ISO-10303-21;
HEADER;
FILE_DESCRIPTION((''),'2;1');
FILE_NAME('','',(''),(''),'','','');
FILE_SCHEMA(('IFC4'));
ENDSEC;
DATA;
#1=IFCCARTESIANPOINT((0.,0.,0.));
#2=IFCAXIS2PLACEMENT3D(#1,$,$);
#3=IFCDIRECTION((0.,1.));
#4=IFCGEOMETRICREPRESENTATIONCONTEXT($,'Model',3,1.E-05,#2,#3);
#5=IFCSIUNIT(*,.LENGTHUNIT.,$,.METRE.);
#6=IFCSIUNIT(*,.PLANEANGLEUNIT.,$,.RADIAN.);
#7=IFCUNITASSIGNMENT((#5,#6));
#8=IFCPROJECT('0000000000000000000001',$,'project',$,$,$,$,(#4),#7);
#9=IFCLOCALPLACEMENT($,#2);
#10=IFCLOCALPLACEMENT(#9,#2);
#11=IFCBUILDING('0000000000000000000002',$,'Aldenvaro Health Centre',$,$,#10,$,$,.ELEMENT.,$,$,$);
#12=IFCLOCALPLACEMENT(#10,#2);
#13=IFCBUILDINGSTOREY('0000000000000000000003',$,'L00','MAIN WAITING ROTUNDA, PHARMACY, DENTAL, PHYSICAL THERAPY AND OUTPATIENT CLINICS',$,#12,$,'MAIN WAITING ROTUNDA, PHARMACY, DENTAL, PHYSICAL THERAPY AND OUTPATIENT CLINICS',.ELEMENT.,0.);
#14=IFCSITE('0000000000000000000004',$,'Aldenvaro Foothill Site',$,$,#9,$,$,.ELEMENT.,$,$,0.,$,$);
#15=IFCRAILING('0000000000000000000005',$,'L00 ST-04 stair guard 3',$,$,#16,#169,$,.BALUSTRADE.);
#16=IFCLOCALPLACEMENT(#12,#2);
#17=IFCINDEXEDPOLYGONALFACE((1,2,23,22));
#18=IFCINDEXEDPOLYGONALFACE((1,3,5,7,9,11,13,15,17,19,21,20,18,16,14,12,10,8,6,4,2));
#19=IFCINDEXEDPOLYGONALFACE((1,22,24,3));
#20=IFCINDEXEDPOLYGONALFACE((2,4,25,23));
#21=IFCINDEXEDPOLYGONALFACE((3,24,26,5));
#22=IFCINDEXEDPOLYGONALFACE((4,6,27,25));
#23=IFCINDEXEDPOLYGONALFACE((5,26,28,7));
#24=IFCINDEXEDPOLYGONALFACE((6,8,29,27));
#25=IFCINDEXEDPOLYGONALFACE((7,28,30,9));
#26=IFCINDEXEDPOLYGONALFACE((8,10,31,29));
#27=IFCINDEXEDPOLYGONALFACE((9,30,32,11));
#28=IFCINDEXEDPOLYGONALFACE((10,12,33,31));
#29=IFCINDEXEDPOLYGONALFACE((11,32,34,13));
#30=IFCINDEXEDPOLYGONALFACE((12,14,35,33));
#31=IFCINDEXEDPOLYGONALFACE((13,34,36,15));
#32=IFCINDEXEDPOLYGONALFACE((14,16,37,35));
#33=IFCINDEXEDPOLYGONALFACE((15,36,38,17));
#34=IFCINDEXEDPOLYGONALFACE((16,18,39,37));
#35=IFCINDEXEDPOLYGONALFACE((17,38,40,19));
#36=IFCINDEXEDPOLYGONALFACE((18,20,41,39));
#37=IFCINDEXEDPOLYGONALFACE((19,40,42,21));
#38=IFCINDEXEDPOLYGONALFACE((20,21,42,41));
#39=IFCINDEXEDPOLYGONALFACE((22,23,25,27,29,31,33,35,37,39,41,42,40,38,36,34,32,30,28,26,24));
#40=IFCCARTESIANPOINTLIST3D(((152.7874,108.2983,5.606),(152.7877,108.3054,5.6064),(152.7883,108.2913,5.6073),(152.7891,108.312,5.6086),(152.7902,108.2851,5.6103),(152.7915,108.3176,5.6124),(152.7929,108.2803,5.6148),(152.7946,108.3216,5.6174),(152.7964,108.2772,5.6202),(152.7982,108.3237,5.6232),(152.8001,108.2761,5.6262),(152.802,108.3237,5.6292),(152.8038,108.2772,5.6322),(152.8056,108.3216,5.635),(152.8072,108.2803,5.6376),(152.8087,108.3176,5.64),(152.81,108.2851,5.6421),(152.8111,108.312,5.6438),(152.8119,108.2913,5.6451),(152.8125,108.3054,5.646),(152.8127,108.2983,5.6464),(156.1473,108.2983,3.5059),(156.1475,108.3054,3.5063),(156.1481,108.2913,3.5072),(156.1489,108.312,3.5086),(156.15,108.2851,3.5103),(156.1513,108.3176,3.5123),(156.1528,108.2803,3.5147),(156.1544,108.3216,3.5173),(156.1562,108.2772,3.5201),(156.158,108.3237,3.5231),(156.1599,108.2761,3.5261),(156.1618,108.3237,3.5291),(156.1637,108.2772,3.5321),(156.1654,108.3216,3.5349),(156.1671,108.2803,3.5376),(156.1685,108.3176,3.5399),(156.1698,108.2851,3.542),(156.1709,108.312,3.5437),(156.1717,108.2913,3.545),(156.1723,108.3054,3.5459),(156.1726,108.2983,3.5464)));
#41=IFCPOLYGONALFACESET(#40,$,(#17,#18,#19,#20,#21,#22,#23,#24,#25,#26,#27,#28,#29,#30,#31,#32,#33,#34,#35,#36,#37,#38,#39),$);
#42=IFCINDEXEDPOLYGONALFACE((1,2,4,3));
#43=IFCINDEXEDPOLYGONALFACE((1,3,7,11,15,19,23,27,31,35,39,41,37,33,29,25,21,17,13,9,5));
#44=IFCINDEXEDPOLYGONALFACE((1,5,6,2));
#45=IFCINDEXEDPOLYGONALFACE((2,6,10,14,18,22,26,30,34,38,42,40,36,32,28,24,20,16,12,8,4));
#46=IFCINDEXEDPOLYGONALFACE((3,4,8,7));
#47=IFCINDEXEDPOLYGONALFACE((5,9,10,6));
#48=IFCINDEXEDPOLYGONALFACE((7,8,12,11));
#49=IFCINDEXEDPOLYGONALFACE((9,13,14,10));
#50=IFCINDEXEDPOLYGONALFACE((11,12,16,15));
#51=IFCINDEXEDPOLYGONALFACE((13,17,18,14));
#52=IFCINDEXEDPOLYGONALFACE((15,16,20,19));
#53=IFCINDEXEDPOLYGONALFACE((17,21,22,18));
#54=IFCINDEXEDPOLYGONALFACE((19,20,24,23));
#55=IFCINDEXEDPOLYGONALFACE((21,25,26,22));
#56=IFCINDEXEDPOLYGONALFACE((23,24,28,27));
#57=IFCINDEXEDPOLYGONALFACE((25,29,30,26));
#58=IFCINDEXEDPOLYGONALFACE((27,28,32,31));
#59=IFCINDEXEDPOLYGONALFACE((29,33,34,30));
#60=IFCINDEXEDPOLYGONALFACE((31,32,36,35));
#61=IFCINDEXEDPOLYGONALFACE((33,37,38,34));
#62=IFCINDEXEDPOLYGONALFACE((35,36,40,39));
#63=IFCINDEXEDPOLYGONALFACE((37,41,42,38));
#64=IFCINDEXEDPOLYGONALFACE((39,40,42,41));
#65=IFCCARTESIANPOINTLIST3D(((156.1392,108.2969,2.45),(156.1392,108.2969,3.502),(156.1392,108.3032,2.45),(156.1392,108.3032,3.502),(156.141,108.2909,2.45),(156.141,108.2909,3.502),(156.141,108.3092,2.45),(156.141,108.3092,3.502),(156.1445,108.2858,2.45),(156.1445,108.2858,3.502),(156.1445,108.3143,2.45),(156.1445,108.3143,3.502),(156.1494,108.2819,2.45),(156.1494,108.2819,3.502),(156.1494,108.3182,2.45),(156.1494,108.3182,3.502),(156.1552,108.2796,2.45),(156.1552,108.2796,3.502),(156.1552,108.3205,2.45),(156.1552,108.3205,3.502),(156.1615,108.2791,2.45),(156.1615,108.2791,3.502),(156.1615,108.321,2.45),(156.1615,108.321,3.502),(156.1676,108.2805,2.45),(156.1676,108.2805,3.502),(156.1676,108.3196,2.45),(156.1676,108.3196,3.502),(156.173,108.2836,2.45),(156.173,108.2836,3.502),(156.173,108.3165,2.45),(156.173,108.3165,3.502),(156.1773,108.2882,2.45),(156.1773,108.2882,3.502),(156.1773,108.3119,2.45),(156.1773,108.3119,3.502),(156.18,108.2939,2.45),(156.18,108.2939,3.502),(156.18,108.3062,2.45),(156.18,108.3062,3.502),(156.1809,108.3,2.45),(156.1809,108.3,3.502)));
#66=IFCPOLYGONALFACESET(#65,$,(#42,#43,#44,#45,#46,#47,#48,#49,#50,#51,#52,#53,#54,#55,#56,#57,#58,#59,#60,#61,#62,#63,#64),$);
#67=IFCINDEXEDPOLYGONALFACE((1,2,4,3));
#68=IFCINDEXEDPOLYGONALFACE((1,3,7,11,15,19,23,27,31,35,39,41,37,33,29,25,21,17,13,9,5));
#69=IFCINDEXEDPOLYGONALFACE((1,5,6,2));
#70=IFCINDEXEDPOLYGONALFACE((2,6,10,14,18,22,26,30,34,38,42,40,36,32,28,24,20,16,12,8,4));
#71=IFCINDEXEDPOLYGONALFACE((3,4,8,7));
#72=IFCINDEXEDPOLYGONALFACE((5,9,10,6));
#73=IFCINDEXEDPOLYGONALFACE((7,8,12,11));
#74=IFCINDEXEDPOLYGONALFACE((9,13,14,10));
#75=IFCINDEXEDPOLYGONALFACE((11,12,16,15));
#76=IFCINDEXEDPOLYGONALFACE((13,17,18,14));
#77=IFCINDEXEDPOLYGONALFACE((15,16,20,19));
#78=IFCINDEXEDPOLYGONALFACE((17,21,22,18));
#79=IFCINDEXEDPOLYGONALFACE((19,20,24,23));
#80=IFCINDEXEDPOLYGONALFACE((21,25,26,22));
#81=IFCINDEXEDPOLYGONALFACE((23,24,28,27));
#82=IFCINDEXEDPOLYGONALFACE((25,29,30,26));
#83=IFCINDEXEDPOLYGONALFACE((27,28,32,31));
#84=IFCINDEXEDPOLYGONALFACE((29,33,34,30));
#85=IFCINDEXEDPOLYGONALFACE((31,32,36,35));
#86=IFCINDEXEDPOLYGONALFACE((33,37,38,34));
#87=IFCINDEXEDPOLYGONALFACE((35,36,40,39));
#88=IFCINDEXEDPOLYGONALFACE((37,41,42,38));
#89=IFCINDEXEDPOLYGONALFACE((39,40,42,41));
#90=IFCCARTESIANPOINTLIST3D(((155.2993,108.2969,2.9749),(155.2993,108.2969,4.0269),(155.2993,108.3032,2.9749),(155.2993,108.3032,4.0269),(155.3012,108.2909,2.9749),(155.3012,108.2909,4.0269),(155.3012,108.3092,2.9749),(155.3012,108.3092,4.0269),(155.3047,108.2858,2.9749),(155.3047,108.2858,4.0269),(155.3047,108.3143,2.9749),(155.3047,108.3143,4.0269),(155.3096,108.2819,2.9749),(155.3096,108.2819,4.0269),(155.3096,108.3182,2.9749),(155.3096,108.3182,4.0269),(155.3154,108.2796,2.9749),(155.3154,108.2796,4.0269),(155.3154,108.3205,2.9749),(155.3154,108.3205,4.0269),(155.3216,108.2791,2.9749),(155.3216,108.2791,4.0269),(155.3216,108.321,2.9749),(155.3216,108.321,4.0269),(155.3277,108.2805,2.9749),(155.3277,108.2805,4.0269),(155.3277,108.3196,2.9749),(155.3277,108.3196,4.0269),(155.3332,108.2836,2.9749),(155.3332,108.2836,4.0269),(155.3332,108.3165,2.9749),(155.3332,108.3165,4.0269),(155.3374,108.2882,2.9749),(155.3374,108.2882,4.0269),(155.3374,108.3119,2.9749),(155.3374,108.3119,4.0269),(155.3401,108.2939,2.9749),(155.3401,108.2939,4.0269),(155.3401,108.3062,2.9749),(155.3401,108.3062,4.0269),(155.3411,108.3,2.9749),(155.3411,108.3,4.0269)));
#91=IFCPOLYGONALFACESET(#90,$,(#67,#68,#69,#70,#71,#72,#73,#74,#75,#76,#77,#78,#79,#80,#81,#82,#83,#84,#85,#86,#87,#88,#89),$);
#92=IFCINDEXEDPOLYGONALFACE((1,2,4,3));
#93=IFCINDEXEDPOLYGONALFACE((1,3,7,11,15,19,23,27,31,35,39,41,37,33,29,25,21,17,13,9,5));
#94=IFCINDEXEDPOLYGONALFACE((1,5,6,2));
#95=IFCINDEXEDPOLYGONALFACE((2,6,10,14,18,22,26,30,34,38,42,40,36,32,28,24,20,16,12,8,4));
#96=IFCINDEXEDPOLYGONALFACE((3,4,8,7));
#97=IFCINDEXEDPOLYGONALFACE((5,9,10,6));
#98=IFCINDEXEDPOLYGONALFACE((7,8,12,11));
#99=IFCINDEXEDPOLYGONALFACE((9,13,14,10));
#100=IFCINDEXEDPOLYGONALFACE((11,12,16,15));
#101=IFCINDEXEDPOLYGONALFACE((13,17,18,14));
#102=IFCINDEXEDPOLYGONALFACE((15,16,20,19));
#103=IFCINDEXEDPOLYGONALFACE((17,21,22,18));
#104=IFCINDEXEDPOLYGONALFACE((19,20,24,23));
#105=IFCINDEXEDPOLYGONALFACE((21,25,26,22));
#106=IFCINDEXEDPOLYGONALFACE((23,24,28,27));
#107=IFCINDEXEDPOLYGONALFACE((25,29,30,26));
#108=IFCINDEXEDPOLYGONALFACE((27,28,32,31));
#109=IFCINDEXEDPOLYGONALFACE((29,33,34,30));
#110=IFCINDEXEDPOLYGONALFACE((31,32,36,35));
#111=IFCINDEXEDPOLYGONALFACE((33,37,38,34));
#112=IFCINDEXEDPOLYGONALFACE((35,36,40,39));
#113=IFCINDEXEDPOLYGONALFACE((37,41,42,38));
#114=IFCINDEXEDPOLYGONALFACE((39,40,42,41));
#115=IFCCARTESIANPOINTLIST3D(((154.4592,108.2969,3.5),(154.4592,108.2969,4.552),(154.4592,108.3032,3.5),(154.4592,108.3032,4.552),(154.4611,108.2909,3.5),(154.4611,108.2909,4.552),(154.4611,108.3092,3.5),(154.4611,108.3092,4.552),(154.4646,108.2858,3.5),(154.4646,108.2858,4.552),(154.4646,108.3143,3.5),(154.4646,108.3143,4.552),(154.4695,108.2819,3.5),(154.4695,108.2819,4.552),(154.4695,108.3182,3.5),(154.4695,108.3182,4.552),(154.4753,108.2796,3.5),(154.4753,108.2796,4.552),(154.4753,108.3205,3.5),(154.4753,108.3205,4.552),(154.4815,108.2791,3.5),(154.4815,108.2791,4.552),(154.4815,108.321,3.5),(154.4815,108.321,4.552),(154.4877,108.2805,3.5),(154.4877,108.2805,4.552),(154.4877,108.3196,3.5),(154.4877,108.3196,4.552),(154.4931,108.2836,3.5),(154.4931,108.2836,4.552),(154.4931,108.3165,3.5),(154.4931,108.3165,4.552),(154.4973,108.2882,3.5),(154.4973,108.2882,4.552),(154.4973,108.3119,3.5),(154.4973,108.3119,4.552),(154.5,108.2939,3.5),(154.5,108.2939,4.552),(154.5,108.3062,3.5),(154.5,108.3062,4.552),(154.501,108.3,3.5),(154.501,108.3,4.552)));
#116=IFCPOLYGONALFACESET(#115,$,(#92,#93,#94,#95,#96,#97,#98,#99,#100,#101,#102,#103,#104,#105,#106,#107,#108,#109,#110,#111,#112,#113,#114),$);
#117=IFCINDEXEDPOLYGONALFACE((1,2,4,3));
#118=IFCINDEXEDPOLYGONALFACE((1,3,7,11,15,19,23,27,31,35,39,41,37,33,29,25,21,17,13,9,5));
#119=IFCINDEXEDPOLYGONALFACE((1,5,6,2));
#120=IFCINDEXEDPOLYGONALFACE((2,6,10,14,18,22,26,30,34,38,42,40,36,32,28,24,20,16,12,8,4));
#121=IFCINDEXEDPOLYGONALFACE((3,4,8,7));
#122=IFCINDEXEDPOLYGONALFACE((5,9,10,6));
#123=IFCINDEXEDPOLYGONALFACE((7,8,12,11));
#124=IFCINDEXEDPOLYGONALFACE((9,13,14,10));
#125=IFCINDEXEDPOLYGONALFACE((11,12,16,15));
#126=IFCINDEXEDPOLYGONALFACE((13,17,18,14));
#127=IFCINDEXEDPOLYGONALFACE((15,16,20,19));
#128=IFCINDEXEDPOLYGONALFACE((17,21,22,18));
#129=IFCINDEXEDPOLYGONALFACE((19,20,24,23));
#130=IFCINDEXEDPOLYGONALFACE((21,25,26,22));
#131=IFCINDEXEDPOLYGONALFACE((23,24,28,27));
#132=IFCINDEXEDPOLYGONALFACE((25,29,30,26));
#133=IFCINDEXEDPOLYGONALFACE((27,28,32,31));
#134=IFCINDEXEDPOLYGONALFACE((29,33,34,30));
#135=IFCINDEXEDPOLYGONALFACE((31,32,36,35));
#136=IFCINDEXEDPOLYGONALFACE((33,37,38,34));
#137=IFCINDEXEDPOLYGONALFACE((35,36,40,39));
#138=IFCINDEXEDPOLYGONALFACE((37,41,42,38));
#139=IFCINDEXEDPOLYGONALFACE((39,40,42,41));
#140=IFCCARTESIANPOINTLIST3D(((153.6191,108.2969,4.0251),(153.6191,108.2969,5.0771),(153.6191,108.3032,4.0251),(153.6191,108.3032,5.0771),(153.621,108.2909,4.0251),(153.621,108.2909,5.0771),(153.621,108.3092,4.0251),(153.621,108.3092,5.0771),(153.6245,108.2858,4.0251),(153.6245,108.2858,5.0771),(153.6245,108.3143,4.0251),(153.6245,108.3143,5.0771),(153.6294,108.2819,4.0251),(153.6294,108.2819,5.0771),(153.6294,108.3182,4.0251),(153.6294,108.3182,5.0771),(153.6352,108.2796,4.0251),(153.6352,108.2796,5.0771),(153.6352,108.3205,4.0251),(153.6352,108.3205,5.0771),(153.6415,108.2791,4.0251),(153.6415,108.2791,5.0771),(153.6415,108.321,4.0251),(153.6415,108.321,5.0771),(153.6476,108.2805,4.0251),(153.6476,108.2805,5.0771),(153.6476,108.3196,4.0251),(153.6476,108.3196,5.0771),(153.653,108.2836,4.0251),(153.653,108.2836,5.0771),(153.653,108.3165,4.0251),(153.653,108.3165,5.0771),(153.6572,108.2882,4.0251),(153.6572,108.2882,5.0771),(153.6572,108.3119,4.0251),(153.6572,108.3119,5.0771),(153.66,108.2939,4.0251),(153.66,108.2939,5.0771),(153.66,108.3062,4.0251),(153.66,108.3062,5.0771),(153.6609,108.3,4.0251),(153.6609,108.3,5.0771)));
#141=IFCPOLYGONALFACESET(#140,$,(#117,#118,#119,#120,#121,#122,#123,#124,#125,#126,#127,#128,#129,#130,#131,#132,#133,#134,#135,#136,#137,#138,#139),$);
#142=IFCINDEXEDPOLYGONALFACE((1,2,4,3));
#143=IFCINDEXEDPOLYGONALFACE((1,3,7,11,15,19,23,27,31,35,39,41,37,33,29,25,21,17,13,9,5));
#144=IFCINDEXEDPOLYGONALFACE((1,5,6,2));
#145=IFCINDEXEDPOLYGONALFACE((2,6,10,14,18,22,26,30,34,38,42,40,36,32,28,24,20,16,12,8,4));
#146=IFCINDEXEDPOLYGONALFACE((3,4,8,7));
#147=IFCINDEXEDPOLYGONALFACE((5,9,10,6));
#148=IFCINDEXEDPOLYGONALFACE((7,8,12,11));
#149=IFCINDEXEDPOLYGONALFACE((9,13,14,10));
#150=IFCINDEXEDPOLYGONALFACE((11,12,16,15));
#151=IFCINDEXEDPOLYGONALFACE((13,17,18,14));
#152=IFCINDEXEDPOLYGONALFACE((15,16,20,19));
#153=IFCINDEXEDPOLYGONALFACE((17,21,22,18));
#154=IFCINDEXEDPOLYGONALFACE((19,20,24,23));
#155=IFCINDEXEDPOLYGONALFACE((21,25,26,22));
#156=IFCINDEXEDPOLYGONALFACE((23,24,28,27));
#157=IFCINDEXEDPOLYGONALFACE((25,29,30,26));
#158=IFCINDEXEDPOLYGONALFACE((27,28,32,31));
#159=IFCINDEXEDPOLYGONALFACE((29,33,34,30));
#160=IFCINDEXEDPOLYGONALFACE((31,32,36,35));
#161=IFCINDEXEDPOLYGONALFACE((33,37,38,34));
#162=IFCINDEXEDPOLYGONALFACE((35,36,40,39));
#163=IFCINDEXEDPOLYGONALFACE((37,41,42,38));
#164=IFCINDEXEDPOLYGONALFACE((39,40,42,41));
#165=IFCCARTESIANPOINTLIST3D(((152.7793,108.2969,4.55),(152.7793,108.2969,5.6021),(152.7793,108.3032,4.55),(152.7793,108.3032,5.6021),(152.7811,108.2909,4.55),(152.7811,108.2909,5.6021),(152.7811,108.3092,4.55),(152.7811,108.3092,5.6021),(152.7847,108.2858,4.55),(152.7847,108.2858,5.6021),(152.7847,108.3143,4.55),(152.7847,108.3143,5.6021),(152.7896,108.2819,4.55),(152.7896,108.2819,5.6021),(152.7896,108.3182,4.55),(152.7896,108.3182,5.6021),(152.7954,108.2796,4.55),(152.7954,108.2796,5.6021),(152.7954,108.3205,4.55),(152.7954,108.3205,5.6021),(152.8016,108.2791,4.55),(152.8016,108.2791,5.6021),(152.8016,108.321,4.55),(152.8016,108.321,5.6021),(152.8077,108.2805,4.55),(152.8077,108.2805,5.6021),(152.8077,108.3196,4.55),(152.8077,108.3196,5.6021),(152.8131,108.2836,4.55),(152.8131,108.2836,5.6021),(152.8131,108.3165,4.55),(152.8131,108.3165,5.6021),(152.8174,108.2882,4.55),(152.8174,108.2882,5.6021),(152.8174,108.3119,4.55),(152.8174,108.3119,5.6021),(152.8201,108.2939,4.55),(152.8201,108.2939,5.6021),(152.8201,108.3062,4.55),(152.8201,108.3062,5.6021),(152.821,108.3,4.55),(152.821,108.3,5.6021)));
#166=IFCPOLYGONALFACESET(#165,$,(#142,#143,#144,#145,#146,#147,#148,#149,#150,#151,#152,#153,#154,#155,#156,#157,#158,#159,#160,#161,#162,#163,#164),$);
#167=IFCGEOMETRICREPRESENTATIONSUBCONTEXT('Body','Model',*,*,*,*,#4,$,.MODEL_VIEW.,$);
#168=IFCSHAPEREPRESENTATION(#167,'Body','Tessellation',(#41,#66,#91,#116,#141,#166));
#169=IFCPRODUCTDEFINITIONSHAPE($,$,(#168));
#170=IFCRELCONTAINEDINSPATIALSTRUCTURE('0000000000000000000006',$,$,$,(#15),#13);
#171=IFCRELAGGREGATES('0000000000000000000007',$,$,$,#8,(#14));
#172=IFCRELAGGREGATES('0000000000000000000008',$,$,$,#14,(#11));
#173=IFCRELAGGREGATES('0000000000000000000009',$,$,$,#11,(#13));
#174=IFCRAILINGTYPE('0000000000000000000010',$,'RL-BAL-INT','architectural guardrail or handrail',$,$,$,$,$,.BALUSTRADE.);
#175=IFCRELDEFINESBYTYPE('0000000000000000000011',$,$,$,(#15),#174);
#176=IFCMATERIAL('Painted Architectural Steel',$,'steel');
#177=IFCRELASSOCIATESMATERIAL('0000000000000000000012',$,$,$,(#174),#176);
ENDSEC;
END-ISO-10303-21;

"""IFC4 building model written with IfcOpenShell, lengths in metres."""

from ifc_helpers import new_model, si_unit, direction, frame, origin, origin_2d, place, context, subcontext, project, spatial, circle, extrude, material, type_object, element, save


model = new_model("IFC4")

# Units and contexts
model_context = context("Model", 3, precision=1e-05, world=origin(), true_north=direction((0.0, 1.0)))
body_context = subcontext(model_context, "Body", "Model", "MODEL_VIEW")
ifc_project = project(units=[si_unit("LENGTHUNIT", "METRE"), si_unit("PLANEANGLEUNIT", "RADIAN")], contexts=[model_context])

# Site, building, storey
site_placement = place(None, origin())
site = spatial("IfcSite", under=ifc_project, at=site_placement, Name="Aldenvaro Foothill Site", CompositionType="ELEMENT", RefElevation=0.0)
building_placement = place(site_placement, origin())
building = spatial("IfcBuilding", under=site, at=building_placement, Name="Aldenvaro Health Centre", CompositionType="ELEMENT")
storey_placement = place(building_placement, origin())
storey = spatial("IfcBuildingStorey", under=building, at=storey_placement, Name="L00", Description="MAIN WAITING ROTUNDA, PHARMACY, DENTAL, PHYSICAL THERAPY AND OUTPATIENT CLINICS", LongName="MAIN WAITING ROTUNDA, PHARMACY, DENTAL, PHYSICAL THERAPY AND OUTPATIENT CLINICS", CompositionType="ELEMENT", Elevation=0.0)

# Railing
ifc_material_1 = material(Name="Painted Architectural Steel", Category="steel")
railing_type_1 = type_object("IfcRailingType", Name="RL-BAL-INT", Description="architectural guardrail or handrail", PredefinedType="BALUSTRADE", material=ifc_material_1)
railing_1_placement = place(storey_placement, frame((156.1599, 108.3, 2.45)))
element("IfcRailing", 1, at=railing_1_placement, inside=storey, type_object=railing_type_1, Name="L00 ST-04 stair guard 3", PredefinedType="BALUSTRADE", context=body_context, shape_type="SweptSolid", body=[
    extrude(circle(Radius=0.0239, at=origin_2d()), frame((0.0, 0.0, 1.0762), z_axis=(-0.847978, 0.0, 0.530032), x_axis=(0.0, -1.0, 0.0)), (0.0, 0.0, 1.0), 3.9622),
    extrude(circle(Radius=0.021, at=origin_2d()), origin(), (0.0, 0.0, 1.0), 1.052),
    extrude(circle(Radius=0.021, at=origin_2d()), frame((-0.8398, 0.0, 0.5249)), (0.0, 0.0, 1.0), 1.052),
    extrude(circle(Radius=0.021, at=origin_2d()), frame((-1.6799, 0.0, 1.05)), (0.0, 0.0, 1.0), 1.052),
    extrude(circle(Radius=0.021, at=origin_2d()), frame((-2.52, 0.0, 1.5752)), (0.0, 0.0, 1.0), 1.052),
    extrude(circle(Radius=0.021, at=origin_2d()), frame((-3.3599, 0.0, 2.1001)), (0.0, 0.0, 1.0), 1.052),
])

save(model, "model.ifc")
